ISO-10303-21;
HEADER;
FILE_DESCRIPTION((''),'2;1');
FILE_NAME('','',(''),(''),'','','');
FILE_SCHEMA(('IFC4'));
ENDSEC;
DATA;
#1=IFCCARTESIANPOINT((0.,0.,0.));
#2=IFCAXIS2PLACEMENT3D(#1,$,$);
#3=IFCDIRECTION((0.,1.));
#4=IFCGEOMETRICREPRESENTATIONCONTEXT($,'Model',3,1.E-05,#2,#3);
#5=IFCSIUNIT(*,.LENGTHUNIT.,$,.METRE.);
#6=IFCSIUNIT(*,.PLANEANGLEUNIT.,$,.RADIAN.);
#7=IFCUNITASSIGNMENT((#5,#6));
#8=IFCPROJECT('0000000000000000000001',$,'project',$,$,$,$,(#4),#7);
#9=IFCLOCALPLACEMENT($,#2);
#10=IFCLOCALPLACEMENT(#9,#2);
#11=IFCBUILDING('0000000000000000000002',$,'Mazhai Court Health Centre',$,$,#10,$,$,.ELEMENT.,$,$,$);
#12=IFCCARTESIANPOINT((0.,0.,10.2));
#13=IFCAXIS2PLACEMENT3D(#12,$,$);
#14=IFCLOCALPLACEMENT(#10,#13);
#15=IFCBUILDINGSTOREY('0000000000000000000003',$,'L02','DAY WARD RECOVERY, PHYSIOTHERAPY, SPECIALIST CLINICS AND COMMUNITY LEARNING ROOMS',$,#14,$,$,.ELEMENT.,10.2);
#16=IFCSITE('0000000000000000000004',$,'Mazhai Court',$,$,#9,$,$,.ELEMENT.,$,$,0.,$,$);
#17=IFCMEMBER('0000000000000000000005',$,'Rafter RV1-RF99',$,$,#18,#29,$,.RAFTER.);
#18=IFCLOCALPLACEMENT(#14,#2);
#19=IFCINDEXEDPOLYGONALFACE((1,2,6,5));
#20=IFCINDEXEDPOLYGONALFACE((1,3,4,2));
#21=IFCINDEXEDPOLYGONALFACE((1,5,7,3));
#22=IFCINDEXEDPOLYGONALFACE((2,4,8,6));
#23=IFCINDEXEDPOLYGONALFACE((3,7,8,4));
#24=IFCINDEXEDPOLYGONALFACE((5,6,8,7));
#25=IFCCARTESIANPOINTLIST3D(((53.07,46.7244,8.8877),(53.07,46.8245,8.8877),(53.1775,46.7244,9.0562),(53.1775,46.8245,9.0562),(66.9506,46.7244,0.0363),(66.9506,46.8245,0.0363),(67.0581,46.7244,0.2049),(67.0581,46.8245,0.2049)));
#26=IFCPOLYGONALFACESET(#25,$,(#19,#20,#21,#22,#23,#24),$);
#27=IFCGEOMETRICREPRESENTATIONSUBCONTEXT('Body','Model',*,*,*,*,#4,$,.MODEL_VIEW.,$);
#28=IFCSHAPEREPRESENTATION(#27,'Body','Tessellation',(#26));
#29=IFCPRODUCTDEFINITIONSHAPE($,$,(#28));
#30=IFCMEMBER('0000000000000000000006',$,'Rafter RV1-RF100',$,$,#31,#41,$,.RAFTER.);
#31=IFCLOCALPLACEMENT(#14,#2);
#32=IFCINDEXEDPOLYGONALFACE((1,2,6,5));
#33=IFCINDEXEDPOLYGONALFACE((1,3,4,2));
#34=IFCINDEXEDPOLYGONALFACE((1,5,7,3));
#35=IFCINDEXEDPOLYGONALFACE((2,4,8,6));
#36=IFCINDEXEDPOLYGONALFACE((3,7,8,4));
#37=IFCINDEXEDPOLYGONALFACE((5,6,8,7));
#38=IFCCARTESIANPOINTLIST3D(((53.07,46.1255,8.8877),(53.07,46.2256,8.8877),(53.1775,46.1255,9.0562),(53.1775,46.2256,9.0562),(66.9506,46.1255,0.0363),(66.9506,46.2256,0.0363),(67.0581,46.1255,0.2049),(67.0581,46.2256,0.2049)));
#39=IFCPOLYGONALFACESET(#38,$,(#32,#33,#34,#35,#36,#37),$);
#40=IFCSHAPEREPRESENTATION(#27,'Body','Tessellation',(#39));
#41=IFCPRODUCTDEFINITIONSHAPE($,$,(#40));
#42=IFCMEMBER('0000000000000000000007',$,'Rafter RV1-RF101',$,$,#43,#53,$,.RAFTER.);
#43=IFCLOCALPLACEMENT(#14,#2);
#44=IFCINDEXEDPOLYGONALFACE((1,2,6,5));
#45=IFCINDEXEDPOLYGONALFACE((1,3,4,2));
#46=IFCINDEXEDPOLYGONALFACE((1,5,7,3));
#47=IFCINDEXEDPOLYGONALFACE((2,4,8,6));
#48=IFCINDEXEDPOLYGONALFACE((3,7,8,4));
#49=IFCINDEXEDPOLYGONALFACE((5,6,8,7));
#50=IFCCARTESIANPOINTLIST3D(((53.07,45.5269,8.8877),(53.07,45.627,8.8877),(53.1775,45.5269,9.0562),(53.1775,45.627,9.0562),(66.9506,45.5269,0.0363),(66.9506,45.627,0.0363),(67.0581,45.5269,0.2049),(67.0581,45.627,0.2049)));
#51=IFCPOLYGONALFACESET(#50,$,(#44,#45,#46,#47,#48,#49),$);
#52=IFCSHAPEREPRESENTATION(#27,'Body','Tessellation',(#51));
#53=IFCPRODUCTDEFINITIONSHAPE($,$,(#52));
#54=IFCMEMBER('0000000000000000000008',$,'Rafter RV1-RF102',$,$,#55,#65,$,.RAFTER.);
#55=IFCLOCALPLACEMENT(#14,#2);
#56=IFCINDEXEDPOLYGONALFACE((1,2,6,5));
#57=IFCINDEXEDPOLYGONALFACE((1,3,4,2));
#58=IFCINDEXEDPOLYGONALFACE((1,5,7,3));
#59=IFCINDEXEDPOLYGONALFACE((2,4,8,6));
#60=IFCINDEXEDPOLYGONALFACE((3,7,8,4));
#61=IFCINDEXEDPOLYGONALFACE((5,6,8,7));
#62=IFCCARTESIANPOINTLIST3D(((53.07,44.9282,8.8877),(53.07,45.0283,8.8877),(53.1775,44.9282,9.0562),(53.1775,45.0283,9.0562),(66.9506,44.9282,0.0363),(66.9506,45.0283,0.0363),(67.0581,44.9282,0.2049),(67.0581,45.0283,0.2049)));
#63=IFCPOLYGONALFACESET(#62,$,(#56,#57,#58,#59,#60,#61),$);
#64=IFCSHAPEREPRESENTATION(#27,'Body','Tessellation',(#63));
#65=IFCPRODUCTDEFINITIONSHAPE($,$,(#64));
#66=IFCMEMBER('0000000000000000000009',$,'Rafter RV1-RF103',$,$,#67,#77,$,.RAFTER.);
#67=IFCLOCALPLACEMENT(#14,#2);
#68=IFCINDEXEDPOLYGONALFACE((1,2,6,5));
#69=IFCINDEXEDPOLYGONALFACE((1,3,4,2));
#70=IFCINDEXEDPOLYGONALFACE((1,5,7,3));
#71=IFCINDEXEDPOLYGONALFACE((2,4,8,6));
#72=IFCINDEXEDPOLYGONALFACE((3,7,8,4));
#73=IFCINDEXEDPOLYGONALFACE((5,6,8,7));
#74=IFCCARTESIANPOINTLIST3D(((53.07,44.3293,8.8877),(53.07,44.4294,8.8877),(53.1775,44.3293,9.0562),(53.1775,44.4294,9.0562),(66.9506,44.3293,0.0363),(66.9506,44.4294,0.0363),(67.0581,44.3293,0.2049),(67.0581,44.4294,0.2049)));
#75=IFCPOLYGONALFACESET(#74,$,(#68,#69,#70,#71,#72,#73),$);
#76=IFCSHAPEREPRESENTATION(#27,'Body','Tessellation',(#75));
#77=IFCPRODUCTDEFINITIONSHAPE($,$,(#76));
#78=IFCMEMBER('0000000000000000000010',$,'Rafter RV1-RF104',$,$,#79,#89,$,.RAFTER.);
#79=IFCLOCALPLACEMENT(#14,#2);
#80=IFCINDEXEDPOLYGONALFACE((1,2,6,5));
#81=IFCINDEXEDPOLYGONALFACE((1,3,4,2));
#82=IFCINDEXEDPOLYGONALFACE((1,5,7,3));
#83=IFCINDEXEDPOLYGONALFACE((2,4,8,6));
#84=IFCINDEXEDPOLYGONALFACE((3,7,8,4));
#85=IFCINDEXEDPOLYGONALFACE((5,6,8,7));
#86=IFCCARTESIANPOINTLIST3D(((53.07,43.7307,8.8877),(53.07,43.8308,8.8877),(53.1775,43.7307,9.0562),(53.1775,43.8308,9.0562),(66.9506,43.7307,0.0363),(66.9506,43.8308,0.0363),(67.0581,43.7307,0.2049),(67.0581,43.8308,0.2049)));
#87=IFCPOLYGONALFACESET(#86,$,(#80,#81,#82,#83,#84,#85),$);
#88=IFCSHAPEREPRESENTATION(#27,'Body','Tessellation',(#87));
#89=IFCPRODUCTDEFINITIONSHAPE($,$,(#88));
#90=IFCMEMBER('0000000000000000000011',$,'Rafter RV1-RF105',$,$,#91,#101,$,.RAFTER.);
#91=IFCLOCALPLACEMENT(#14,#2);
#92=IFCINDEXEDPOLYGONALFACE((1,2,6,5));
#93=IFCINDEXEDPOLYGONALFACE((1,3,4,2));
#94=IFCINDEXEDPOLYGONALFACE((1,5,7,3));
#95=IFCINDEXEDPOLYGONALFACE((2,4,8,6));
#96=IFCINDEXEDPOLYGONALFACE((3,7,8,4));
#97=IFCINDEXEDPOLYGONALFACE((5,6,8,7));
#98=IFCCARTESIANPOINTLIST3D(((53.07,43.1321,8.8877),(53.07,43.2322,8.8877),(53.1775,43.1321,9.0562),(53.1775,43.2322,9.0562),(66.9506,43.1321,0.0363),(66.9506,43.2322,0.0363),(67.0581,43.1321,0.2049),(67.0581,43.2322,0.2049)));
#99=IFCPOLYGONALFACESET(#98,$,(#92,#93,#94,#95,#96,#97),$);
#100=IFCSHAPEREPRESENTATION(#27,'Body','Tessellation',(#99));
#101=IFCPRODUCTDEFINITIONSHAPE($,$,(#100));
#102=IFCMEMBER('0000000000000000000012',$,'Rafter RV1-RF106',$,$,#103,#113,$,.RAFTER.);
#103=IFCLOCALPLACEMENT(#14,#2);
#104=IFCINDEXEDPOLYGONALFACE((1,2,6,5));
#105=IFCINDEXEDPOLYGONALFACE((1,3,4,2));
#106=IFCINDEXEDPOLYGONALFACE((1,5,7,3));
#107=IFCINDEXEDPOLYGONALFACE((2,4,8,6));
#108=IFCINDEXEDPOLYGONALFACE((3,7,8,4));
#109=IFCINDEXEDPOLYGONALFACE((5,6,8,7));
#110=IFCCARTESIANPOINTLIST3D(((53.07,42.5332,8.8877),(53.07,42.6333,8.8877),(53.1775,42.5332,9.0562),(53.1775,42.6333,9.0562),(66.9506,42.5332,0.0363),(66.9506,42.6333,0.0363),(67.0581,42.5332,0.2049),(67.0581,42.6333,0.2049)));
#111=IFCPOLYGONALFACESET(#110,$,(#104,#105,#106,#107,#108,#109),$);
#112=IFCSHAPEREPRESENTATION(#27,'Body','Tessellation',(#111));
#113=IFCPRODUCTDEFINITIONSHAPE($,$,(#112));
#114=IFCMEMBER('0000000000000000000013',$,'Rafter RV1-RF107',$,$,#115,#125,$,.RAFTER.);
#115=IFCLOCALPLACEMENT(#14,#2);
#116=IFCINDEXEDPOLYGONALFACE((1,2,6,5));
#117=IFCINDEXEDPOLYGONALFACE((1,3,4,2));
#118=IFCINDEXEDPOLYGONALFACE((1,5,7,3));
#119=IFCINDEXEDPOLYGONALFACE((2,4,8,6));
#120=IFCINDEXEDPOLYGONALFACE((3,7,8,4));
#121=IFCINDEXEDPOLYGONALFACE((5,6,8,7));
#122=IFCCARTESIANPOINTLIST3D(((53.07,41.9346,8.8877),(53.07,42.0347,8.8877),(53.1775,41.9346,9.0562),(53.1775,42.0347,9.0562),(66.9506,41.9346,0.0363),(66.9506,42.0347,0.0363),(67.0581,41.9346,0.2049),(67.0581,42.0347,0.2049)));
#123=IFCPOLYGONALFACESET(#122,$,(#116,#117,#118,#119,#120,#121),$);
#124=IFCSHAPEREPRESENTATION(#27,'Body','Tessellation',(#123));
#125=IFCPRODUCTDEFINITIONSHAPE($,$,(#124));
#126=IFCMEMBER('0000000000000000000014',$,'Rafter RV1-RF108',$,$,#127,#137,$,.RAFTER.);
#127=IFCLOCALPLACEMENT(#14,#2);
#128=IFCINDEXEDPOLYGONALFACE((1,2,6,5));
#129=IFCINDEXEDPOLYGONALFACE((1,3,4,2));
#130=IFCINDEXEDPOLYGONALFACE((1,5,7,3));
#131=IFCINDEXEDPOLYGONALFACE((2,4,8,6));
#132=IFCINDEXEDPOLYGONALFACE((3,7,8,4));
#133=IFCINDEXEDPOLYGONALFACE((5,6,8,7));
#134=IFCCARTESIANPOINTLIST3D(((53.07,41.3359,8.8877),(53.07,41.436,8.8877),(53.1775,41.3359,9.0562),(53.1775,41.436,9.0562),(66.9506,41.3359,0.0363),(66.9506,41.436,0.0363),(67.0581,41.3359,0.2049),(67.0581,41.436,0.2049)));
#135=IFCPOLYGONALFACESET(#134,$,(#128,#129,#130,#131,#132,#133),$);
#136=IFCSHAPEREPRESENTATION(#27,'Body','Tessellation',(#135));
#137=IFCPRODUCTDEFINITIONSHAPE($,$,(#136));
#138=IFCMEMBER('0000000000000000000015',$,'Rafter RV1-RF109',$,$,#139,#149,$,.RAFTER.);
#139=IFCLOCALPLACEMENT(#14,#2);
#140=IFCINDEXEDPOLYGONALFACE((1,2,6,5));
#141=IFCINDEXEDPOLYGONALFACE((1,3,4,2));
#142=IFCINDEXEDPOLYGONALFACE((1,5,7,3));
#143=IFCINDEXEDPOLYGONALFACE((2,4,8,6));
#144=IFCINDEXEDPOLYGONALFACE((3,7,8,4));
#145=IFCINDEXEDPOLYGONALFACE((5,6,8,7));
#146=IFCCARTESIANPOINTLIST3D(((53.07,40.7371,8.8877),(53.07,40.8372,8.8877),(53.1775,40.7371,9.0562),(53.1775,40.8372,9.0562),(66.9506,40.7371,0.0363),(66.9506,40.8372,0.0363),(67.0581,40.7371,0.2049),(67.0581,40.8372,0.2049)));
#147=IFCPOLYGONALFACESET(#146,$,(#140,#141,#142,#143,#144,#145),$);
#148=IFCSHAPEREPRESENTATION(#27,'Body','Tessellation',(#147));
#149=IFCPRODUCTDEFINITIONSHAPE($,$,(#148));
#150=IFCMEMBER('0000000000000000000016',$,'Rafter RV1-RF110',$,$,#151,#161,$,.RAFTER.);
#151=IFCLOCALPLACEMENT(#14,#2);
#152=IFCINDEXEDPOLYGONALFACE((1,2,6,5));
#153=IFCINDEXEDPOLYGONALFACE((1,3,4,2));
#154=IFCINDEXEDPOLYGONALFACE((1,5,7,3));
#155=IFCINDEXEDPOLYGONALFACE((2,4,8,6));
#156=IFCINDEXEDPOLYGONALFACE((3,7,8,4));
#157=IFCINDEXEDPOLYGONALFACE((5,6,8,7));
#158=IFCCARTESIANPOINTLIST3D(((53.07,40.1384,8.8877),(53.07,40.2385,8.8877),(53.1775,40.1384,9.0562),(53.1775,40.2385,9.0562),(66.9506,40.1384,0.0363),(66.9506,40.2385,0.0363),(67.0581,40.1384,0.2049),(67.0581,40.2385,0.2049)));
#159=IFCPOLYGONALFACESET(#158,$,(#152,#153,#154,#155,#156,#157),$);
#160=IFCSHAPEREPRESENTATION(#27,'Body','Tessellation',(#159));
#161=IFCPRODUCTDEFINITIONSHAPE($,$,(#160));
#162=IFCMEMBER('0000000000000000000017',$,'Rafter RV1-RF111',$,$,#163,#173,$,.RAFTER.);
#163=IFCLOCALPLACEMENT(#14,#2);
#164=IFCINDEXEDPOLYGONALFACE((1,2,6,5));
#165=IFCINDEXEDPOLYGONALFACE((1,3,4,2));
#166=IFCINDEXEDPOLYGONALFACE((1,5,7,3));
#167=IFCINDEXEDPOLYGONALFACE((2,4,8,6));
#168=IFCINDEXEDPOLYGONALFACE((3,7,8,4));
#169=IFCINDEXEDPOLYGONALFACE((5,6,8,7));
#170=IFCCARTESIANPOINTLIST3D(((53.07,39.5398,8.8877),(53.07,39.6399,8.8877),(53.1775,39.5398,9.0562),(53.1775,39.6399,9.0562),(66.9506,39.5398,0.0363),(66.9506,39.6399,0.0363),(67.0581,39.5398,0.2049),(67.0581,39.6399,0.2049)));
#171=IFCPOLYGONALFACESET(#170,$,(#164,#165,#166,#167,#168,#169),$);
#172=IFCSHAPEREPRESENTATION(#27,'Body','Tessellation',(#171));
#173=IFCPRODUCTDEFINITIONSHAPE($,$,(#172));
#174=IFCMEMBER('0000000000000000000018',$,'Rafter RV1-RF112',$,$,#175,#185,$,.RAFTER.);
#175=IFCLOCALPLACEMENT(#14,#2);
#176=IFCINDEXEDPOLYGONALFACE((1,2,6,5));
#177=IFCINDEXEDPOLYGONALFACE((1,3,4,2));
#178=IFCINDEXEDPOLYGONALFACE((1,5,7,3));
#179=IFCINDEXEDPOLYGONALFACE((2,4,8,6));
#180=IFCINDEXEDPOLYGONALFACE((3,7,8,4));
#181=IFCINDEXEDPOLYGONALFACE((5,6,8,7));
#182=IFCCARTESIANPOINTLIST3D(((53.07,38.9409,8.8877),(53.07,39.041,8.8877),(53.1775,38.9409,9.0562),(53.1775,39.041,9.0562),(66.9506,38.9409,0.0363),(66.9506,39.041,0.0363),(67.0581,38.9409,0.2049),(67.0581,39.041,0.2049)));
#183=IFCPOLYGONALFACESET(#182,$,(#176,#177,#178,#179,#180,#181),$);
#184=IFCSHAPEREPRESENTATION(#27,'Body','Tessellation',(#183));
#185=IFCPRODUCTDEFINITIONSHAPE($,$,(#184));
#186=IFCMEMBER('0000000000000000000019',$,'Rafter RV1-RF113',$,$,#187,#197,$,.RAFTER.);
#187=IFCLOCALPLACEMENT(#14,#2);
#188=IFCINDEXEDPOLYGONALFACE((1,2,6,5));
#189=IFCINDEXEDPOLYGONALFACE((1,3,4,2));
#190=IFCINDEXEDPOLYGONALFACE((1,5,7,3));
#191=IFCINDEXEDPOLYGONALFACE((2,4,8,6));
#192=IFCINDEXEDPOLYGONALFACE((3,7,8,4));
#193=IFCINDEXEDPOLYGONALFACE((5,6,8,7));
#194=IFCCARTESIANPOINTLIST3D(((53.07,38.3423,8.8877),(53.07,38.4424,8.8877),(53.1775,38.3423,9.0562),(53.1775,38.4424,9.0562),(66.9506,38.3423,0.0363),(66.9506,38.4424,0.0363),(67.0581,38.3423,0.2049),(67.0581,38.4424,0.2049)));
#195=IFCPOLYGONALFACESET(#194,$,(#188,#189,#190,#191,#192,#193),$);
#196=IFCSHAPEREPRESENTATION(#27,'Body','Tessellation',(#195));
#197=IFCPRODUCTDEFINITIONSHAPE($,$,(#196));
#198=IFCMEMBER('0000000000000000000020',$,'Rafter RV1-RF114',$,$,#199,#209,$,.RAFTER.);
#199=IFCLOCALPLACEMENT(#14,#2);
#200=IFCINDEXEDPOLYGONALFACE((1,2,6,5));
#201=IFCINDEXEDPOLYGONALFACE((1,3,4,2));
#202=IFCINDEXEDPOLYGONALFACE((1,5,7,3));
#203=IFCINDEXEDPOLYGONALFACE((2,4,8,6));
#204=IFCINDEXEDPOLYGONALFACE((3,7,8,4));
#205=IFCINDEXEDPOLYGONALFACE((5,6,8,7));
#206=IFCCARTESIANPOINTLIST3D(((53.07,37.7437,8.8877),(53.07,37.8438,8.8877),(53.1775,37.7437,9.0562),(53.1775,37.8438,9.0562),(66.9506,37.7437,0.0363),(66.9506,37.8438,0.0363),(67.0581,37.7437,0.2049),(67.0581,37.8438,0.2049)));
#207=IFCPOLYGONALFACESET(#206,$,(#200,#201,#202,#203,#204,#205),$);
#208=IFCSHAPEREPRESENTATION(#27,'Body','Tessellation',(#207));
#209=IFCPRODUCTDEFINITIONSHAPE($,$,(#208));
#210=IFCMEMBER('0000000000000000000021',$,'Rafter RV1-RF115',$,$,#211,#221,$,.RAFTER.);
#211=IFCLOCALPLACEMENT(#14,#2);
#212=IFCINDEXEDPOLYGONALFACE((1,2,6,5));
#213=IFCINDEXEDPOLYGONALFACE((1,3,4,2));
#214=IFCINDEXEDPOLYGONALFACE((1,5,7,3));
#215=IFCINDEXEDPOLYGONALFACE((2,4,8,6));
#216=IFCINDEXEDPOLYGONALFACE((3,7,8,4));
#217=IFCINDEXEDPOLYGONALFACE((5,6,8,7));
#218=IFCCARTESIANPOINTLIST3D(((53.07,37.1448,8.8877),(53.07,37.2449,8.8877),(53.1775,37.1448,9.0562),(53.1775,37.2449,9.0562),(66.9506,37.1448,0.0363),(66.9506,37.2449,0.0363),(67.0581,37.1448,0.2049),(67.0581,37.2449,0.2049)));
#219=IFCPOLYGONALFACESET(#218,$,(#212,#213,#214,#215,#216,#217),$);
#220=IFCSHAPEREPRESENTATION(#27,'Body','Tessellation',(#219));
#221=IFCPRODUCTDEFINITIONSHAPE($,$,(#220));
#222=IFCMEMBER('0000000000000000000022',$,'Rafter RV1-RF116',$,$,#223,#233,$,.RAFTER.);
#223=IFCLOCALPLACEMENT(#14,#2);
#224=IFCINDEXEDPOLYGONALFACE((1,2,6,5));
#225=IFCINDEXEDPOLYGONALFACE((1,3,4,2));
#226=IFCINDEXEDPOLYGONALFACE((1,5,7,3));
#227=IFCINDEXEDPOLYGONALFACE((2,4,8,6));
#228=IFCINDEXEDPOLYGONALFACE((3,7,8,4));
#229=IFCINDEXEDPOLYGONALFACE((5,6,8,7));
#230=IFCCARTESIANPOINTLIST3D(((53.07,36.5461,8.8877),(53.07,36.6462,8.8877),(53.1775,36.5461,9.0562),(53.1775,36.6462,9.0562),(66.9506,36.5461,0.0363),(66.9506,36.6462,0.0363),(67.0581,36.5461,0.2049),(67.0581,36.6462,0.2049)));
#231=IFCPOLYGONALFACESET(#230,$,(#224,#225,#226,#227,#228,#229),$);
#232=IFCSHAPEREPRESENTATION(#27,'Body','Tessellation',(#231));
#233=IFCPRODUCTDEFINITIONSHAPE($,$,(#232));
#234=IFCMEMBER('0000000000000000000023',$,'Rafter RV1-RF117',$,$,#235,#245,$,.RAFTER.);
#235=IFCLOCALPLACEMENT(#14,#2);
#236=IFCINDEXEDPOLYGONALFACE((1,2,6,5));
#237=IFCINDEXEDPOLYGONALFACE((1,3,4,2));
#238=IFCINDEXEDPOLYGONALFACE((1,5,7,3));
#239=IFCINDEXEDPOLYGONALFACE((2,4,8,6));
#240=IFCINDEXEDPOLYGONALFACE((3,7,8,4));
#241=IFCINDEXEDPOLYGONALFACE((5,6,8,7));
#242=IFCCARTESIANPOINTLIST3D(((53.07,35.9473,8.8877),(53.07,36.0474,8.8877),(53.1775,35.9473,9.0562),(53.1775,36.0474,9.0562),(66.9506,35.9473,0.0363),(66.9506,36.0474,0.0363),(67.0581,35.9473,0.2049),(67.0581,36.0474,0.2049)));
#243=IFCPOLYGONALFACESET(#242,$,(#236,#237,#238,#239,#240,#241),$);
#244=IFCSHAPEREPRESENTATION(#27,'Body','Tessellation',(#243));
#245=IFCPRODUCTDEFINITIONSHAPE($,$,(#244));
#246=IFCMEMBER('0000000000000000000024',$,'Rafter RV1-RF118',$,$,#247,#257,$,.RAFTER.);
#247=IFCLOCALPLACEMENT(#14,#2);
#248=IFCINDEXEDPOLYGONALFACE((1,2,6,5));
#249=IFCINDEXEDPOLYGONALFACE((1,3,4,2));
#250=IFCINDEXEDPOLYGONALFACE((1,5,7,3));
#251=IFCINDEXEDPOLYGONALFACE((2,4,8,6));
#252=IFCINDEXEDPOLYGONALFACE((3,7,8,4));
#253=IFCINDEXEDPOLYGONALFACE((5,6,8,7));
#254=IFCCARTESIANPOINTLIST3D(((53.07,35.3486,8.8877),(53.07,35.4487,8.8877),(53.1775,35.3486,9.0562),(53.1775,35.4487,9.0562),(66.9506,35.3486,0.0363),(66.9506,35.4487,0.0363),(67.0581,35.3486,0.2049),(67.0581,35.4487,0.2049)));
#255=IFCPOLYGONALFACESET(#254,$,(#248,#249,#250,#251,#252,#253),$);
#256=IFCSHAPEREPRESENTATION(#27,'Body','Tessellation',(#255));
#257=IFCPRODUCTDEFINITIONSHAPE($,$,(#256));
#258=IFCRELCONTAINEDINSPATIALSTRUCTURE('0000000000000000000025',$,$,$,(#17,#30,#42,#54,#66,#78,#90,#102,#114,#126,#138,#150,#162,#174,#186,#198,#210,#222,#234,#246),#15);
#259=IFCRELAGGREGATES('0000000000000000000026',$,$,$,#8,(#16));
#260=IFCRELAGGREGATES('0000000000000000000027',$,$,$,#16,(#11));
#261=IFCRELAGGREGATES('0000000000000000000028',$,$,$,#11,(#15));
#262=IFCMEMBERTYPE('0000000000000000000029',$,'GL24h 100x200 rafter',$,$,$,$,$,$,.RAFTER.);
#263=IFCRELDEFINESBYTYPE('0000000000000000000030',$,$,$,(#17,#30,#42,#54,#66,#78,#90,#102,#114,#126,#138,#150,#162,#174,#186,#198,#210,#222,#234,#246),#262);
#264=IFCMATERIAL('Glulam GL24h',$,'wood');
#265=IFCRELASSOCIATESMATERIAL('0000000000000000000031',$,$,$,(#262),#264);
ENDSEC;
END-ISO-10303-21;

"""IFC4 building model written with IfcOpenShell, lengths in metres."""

from ifc_helpers import new_model, si_unit, direction, frame, origin, origin_2d, place, context, subcontext, project, spatial, rectangle, extrude, material, material_profile, profile_set, type_object, element, save


model = new_model("IFC4")

# Units and contexts
model_context = context("Model", 3, precision=1e-05, world=origin(), true_north=direction((0.0, 1.0)))
body_context = subcontext(model_context, "Body", "Model", "MODEL_VIEW")
ifc_project = project(units=[si_unit("LENGTHUNIT", "METRE"), si_unit("PLANEANGLEUNIT", "RADIAN")], contexts=[model_context])

# Site, building, storey
site_placement = place(None, origin())
site = spatial("IfcSite", under=ifc_project, at=site_placement, Name="Mazhai Court", CompositionType="ELEMENT", RefElevation=0.0)
building_placement = place(site_placement, origin())
building = spatial("IfcBuilding", under=site, at=building_placement, Name="Mazhai Court Health Centre", CompositionType="ELEMENT")
storey_placement = place(building_placement, frame((0.0, 0.0, 10.2)))
storey = spatial("IfcBuildingStorey", under=building, at=storey_placement, Name="L02", Description="DAY WARD RECOVERY, PHYSIOTHERAPY, SPECIALIST CLINICS AND COMMUNITY LEARNING ROOMS", CompositionType="ELEMENT", Elevation=10.2)

# Members
ifc_material_1 = material(Name="Glulam GL24h", Category="wood")
ifc_material_profile_1 = material_profile(ifc_material_1, rectangle(XDim=0.1001, YDim=0.2, at=origin_2d()), Name="GL24h 100x200")
ifc_profile_set_1 = profile_set([ifc_material_profile_1], Name="Glulam GL24h")
member_type_1 = type_object("IfcMemberType", Name="GL24h 100x200 rafter", PredefinedType="RAFTER", material=ifc_profile_set_1)
for number, where, z_axis, x_axis, name in (
    (1, (67.0044, 46.7744, 0.1206), (-0.84316, 0.0, 0.537662), (0.0, -1.0, 0.0), "Rafter RV1-RF99"),
    (2, (67.0044, 46.1755, 0.1206), (-0.84316, 0.0, 0.537662), (0.0, -1.0, 0.0), "Rafter RV1-RF100"),
    (3, (67.0044, 45.5769, 0.1206), (-0.84316, 0.0, 0.537662), (0.0, -1.0, 0.0), "Rafter RV1-RF101"),
    (4, (67.0044, 44.9783, 0.1206), (-0.84316, 0.0, 0.537662), (0.0, -1.0, 0.0), "Rafter RV1-RF102"),
    (5, (67.0044, 44.3794, 0.1206), (-0.84316, 0.0, 0.537662), (0.0, -1.0, 0.0), "Rafter RV1-RF103"),
    (6, (67.0044, 43.7808, 0.1206), (-0.84316, 0.0, 0.537662), (0.0, -1.0, 0.0), "Rafter RV1-RF104"),
    (7, (67.0044, 43.1821, 0.1206), (-0.84316, 0.0, 0.537662), (0.0, -1.0, 0.0), "Rafter RV1-RF105"),
    (8, (67.0044, 42.5833, 0.1206), (-0.84316, 0.0, 0.537662), (0.0, -1.0, 0.0), "Rafter RV1-RF106"),
    (9, (67.0044, 41.9846, 0.1206), (-0.84316, 0.0, 0.537662), (0.0, -1.0, 0.0), "Rafter RV1-RF107"),
    (10, (67.0044, 41.386, 0.1206), (-0.84316, 0.0, 0.537662), (0.0, -1.0, 0.0), "Rafter RV1-RF108"),
    (11, (67.0044, 40.7871, 0.1206), (-0.84316, 0.0, 0.537662), (0.0, -1.0, 0.0), "Rafter RV1-RF109"),
    (12, (67.0044, 40.1885, 0.1206), (-0.84316, 0.0, 0.537662), (0.0, -1.0, 0.0), "Rafter RV1-RF110"),
    (13, (67.0044, 39.5898, 0.1206), (-0.84316, 0.0, 0.537662), (0.0, -1.0, 0.0), "Rafter RV1-RF111"),
    (14, (67.0044, 38.991, 0.1206), (-0.84316, 0.0, 0.537662), (0.0, -1.0, 0.0), "Rafter RV1-RF112"),
    (15, (67.0044, 38.3923, 0.1206), (-0.84316, 0.0, 0.537662), (0.0, -1.0, 0.0), "Rafter RV1-RF113"),
    (16, (67.0044, 37.7937, 0.1206), (-0.84316, 0.0, 0.537662), (0.0, -1.0, 0.0), "Rafter RV1-RF114"),
    (17, (67.0044, 37.1948, 0.1206), (-0.84316, 0.0, 0.537662), (0.0, -1.0, 0.0), "Rafter RV1-RF115"),
    (18, (67.0044, 36.5962, 0.1206), (-0.84316, 0.0, 0.537662), (0.0, -1.0, 0.0), "Rafter RV1-RF116"),
    (19, (67.0044, 35.9973, 0.1206), (-0.84316, 0.0, 0.537662), (0.0, -1.0, 0.0), "Rafter RV1-RF117"),
    (20, (67.0044, 35.3987, 0.1206), (-0.84316, 0.0, 0.537662), (0.0, -1.0, 0.0), "Rafter RV1-RF118"),
):
    element("IfcMember", number, at=place(storey_placement, frame(where, z_axis=z_axis, x_axis=x_axis)), inside=storey, type_object=member_type_1, Name=name, PredefinedType="RAFTER", context=body_context, shape_type="SweptSolid", body=[
        extrude(rectangle(XDim=0.1001, YDim=0.2, at=origin_2d()), origin(), (0.0, 0.0, 1.0), 16.4626),
    ])

save(model, "model.ifc")
